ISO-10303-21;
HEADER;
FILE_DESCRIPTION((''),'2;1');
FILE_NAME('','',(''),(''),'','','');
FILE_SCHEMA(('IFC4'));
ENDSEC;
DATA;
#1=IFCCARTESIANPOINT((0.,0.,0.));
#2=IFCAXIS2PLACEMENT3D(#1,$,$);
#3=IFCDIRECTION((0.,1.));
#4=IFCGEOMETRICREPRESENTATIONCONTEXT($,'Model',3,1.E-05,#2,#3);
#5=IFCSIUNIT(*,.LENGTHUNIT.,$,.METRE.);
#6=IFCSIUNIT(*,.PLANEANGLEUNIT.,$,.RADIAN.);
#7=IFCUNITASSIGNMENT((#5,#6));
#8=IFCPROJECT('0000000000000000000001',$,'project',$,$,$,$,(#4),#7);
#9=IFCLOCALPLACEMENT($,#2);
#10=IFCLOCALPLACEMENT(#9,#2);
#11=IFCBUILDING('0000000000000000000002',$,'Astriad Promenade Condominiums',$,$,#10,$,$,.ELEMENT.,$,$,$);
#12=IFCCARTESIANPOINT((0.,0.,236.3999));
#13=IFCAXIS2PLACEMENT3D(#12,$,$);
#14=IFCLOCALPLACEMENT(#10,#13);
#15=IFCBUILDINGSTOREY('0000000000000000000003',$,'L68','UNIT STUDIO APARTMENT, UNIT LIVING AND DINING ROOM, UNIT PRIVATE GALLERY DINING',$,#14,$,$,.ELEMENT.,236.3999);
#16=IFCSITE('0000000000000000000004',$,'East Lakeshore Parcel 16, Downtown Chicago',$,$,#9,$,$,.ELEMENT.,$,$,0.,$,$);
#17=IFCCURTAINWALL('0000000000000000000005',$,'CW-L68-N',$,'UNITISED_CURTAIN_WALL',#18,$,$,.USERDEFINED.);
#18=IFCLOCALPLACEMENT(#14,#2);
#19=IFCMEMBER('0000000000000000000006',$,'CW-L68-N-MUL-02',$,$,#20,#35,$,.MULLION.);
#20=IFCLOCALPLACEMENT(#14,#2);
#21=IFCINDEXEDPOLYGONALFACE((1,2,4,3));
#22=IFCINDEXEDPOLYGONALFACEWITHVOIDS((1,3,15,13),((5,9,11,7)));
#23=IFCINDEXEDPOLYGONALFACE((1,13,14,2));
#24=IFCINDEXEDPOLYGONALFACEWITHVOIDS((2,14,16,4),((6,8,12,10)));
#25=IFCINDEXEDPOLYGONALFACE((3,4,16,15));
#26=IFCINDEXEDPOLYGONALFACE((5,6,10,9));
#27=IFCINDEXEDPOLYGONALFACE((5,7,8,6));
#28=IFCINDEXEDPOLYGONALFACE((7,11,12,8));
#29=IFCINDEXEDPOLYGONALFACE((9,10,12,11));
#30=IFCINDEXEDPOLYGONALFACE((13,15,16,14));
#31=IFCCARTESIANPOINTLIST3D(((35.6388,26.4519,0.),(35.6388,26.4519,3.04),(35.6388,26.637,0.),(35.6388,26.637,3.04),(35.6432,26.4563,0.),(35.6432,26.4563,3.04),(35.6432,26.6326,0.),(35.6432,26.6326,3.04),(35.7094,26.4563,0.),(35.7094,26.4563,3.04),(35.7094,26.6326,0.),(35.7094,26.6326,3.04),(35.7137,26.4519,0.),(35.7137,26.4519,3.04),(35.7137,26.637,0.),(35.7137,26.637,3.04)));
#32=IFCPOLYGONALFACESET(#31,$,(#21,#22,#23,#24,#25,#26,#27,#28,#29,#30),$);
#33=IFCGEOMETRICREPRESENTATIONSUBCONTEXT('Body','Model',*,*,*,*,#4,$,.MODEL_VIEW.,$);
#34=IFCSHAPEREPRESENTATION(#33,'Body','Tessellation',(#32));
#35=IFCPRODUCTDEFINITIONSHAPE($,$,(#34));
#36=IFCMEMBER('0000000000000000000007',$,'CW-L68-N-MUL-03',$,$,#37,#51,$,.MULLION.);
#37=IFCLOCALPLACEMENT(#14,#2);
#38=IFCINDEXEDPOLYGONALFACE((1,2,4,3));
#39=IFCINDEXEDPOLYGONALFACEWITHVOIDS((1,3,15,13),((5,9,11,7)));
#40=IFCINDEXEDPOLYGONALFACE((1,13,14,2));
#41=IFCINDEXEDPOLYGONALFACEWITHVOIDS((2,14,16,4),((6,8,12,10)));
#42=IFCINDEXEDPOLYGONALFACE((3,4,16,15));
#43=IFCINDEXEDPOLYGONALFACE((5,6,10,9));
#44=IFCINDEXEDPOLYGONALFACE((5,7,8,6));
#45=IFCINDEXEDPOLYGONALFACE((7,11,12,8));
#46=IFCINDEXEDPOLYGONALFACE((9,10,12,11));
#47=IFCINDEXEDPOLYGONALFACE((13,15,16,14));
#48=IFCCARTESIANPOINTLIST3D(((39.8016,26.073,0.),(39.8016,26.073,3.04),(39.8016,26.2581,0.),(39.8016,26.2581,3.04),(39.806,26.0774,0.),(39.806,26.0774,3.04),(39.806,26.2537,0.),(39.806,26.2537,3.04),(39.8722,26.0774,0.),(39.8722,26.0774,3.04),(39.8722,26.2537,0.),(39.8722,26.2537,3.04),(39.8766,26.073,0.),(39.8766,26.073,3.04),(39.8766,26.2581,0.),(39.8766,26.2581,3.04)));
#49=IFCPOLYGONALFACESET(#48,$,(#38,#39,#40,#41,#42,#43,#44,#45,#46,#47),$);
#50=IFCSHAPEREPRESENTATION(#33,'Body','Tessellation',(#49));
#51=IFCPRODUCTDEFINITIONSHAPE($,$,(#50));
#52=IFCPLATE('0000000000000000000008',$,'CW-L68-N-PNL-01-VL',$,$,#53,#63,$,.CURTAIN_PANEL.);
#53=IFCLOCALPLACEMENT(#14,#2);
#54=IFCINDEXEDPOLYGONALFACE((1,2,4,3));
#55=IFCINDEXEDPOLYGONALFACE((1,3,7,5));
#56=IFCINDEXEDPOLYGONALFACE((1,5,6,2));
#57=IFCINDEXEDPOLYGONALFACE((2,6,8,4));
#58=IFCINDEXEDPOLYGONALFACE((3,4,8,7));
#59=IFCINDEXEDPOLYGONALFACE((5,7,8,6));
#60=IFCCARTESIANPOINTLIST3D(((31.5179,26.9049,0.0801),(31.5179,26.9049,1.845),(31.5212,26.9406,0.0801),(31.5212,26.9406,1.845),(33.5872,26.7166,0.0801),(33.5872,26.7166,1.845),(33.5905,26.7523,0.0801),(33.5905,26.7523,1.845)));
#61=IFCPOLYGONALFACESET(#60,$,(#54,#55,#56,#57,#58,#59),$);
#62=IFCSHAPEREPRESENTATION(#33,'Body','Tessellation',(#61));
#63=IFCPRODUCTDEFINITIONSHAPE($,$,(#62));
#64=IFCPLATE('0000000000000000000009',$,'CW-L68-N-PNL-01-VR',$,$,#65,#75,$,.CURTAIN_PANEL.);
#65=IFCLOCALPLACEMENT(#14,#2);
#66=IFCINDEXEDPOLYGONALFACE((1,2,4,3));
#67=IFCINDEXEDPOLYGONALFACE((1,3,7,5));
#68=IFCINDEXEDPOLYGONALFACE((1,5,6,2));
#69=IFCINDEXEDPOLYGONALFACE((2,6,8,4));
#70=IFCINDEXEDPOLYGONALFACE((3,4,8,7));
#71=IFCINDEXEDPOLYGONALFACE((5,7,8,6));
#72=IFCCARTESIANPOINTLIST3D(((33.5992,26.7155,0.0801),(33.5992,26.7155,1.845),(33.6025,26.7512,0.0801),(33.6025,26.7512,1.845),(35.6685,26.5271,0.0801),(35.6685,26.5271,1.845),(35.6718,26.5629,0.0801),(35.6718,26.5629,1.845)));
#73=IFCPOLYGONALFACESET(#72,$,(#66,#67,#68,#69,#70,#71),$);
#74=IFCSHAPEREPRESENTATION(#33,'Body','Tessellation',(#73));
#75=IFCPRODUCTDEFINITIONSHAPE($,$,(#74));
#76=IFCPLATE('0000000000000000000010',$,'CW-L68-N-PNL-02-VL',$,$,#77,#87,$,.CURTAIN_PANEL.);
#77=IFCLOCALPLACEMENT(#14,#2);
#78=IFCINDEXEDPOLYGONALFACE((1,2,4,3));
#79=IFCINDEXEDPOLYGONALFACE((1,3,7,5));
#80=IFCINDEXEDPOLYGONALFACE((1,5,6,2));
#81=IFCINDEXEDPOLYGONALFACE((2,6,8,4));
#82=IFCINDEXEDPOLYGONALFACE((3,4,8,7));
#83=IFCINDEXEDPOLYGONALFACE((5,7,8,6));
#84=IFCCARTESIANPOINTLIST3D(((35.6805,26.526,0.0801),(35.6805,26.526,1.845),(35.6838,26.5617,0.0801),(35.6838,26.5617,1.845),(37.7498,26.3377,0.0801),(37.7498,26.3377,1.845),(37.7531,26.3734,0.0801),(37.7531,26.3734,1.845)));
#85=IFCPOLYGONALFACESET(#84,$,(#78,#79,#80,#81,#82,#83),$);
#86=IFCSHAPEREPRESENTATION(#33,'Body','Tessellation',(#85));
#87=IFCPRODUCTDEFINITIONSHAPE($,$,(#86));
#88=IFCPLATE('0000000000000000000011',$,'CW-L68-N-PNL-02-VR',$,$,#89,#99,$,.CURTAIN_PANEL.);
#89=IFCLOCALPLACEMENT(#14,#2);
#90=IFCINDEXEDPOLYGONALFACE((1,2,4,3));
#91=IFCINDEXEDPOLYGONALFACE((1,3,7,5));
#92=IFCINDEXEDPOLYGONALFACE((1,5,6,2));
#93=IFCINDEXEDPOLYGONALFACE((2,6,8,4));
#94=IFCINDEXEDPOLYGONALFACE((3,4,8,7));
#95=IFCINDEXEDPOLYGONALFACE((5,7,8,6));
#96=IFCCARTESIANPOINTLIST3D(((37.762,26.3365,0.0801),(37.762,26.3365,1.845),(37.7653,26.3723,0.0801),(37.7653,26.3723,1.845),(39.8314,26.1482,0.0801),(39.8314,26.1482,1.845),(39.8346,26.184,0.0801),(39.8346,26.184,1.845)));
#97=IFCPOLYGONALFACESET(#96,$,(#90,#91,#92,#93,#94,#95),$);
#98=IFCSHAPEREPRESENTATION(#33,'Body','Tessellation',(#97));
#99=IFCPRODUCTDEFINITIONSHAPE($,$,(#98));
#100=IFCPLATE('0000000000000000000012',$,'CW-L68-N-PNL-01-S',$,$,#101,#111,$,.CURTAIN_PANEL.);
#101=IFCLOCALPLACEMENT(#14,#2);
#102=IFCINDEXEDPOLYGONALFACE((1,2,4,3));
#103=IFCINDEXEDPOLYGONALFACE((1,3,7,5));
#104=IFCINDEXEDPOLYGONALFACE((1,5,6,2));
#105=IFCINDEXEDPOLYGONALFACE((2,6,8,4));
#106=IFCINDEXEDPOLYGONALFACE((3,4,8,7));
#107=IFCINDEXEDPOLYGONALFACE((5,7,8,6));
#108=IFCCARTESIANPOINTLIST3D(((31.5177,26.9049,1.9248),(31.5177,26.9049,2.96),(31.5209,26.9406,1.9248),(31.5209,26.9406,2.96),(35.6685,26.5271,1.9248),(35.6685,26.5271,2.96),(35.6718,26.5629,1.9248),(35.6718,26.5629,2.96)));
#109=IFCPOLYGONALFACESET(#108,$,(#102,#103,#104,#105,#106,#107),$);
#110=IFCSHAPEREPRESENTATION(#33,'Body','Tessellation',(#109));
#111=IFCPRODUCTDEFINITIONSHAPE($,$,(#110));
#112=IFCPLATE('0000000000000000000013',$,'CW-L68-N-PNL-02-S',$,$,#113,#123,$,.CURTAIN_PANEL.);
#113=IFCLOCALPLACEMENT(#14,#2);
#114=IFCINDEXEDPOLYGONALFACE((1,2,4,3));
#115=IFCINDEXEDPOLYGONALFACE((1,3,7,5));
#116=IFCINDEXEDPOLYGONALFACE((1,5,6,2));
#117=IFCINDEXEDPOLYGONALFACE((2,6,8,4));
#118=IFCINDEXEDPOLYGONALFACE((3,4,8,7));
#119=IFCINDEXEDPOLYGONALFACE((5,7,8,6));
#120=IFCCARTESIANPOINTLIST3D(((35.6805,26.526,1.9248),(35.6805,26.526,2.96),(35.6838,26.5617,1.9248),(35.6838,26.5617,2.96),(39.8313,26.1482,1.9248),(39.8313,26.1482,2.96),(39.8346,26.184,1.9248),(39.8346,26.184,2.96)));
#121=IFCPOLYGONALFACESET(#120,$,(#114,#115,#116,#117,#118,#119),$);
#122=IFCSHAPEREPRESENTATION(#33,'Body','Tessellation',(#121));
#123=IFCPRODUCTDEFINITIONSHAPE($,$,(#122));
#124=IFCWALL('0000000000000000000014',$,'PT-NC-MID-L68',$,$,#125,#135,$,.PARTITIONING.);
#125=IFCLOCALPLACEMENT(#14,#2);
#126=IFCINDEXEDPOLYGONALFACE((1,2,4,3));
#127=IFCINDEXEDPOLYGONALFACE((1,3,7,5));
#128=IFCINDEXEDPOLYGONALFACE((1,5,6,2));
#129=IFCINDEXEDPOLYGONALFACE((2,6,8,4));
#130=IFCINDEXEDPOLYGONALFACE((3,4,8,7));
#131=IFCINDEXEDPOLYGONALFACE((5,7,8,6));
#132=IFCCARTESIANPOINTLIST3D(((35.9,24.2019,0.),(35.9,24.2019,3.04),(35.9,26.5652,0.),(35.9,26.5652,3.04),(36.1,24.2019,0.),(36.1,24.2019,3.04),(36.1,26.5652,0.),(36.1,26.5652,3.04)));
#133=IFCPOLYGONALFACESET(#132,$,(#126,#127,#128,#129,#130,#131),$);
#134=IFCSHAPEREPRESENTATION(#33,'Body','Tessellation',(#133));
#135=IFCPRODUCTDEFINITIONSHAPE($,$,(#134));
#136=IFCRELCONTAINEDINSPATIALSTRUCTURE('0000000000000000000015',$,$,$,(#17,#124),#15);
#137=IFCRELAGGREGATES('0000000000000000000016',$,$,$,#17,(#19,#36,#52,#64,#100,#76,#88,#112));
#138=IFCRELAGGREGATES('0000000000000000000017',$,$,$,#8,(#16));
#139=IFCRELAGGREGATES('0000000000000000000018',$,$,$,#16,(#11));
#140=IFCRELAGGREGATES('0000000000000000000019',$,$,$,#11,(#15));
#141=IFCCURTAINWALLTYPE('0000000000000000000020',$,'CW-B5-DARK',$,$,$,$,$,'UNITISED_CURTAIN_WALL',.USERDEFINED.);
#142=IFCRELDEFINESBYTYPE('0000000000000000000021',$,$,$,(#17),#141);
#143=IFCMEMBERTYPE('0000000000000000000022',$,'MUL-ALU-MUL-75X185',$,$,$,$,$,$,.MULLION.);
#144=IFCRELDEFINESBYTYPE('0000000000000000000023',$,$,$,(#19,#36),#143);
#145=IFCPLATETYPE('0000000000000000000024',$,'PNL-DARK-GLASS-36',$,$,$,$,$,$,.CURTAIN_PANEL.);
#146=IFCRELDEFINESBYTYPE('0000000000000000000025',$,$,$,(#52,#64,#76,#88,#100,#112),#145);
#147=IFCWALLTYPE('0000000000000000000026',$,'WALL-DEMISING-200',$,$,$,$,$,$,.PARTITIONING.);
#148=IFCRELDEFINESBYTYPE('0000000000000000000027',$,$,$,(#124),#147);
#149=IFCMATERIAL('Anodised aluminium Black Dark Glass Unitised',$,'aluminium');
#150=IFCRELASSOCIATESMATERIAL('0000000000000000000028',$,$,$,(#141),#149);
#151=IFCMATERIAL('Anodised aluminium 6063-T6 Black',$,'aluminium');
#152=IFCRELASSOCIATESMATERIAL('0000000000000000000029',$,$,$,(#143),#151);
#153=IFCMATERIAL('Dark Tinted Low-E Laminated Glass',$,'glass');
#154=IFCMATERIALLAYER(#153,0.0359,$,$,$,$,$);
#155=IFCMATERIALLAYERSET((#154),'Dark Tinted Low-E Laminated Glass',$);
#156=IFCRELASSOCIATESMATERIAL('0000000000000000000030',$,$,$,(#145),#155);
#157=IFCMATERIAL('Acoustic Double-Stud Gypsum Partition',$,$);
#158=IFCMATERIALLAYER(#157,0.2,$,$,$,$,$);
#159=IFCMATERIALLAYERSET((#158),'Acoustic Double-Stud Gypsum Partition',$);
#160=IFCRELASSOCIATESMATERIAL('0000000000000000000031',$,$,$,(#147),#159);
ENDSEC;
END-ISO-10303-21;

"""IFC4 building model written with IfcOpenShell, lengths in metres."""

from ifc_helpers import new_model, si_unit, direction, frame, frame_2d, origin, origin_2d, place, context, subcontext, project, spatial, rectangle, hollow_rectangle, extrude, source, transform, mapped, material, layer, layer_set, material_profile, profile_set, type_object, type_shapes, element, aggregate, save


model = new_model("IFC4")

# Units and contexts
model_context = context("Model", 3, precision=1e-05, world=origin(), true_north=direction((0.0, 1.0)))
body_context = subcontext(model_context, "Body", "Model", "MODEL_VIEW")
ifc_project = project(units=[si_unit("LENGTHUNIT", "METRE"), si_unit("PLANEANGLEUNIT", "RADIAN")], contexts=[model_context])

# Site, building, storey
site_placement = place(None, origin())
site = spatial("IfcSite", under=ifc_project, at=site_placement, Name="East Lakeshore Parcel 16, Downtown Chicago", CompositionType="ELEMENT", RefElevation=0.0)
building_placement = place(site_placement, origin())
building = spatial("IfcBuilding", under=site, at=building_placement, Name="Astriad Promenade Condominiums", CompositionType="ELEMENT")
storey_placement = place(building_placement, frame((0.0, 0.0, 236.3999)))
storey = spatial("IfcBuildingStorey", under=building, at=storey_placement, Name="L68", Description="UNIT STUDIO APARTMENT, UNIT LIVING AND DINING ROOM, UNIT PRIVATE GALLERY DINING", CompositionType="ELEMENT", Elevation=236.3999)

# Curtain wall, members, plates
ifc_material_1 = material(Name="Anodised aluminium Black Dark Glass Unitised", Category="aluminium")
curtain_wall_type = type_object("IfcCurtainWallType", Name="CW-B5-DARK", ElementType="UNITISED_CURTAIN_WALL", PredefinedType="USERDEFINED", material=ifc_material_1)
curtain_wall_placement = place(storey_placement, origin())
curtain_wall = element("IfcCurtainWall", 1, at=curtain_wall_placement, inside=storey, type_object=curtain_wall_type, Name="CW-L68-N", ObjectType="UNITISED_CURTAIN_WALL", PredefinedType="USERDEFINED")
ifc_material_2 = material(Name="Anodised aluminium 6063-T6 Black", Category="aluminium")
ifc_material_profile_1 = material_profile(ifc_material_2, hollow_rectangle(XDim=0.075, YDim=0.1851, WallThickness=0.0044, at=origin_2d()), Name="ALU-MUL-75X185")
ifc_profile_set_1 = profile_set([ifc_material_profile_1], Name="Anodised aluminium 6063-T6 Black")
member_type_1 = type_object("IfcMemberType", Name="MUL-ALU-MUL-75X185", PredefinedType="MULLION", material=ifc_profile_set_1)
shared_shape_1 = source(origin(), body_context, "Body", "SweptSolid", [
    extrude(hollow_rectangle(XDim=0.075, YDim=0.1851, WallThickness=0.0044, at=origin_2d()), origin(), (0.0, 0.0, 1.0), 3.04),
])
type_shapes(member_type_1, [shared_shape_1])
member_1_placement = place(storey_placement, frame((35.6763, 26.5444, 0.0), z_axis=(0.0, 0.0, 1.0), x_axis=(1.0, 0.0, 0.0)))
member_1 = element("IfcMember", 2, at=member_1_placement, type_object=member_type_1, Name="CW-L68-N-MUL-02", PredefinedType="MULLION", context=body_context, shape_type="MappedRepresentation", body=[
    mapped(shared_shape_1, transform((0.0, 0.0, 0.0), scale=1.0)),
])
member_2_placement = place(storey_placement, frame((39.8391, 26.1655, 0.0), z_axis=(0.0, 0.0, 1.0), x_axis=(1.0, 0.0, 0.0)))
member_2 = element("IfcMember", 3, at=member_2_placement, type_object=member_type_1, Name="CW-L68-N-MUL-03", PredefinedType="MULLION", context=body_context, shape_type="MappedRepresentation", body=[
    mapped(shared_shape_1, transform((0.0, 0.0, 0.0), scale=1.0)),
])
ifc_material_3 = material(Name="Dark Tinted Low-E Laminated Glass", Category="glass")
ifc_layer_1 = layer(ifc_material_3, 0.0359)
ifc_layer_set_1 = layer_set([ifc_layer_1], Name="Dark Tinted Low-E Laminated Glass")
plate_type = type_object("IfcPlateType", Name="PNL-DARK-GLASS-36", PredefinedType="CURTAIN_PANEL", material=ifc_layer_set_1)
shared_shape_2 = source(origin(), body_context, "Body", "SweptSolid", [
    extrude(rectangle(XDim=2.0779, YDim=0.0359, at=origin_2d()), origin(), (0.0, 0.0, 1.0), 1.7649),
])
plate_1_placement = place(storey_placement, frame((32.5542, 26.8286, 0.0801), z_axis=(0.0, 0.0, 1.0), x_axis=(0.995884, -0.090633, 0.0)))
plate_1 = element("IfcPlate", 4, at=plate_1_placement, type_object=plate_type, Name="CW-L68-N-PNL-01-VL", PredefinedType="CURTAIN_PANEL", context=body_context, shape_type="MappedRepresentation", body=[
    mapped(shared_shape_2, transform((0.0, 0.0, 0.0), scale=1.0)),
])
plate_2_placement = place(storey_placement, frame((34.6355, 26.6392, 0.0801), z_axis=(0.0, 0.0, 1.0), x_axis=(0.995884, -0.090633, 0.0)))
plate_2 = element("IfcPlate", 5, at=plate_2_placement, type_object=plate_type, Name="CW-L68-N-PNL-01-VR", PredefinedType="CURTAIN_PANEL", context=body_context, shape_type="MappedRepresentation", body=[
    mapped(shared_shape_2, transform((0.0, 0.0, 0.0), scale=1.0)),
])
plate_3_placement = place(storey_placement, frame((36.7168, 26.4497, 0.0801), z_axis=(0.0, 0.0, 1.0), x_axis=(0.995884, -0.090633, 0.0)))
plate_3 = element("IfcPlate", 6, at=plate_3_placement, type_object=plate_type, Name="CW-L68-N-PNL-02-VL", PredefinedType="CURTAIN_PANEL", context=body_context, shape_type="MappedRepresentation", body=[
    mapped(shared_shape_2, transform((0.0, 0.0, 0.0), scale=1.0)),
])
plate_4_placement = place(storey_placement, frame((38.7983, 26.2603, 0.0801), z_axis=(0.0, 0.0, 1.0), x_axis=(0.995884, -0.090633, 0.0)))
plate_4 = element("IfcPlate", 7, at=plate_4_placement, type_object=plate_type, Name="CW-L68-N-PNL-02-VR", PredefinedType="CURTAIN_PANEL", context=body_context, shape_type="MappedRepresentation", body=[
    mapped(shared_shape_2, transform((0.0, 0.0, 0.0), scale=1.0)),
])
shared_shape_3 = source(origin(), body_context, "Body", "SweptSolid", [
    extrude(rectangle(XDim=4.168, YDim=0.0359, at=origin_2d()), origin(), (0.0, 0.0, 1.0), 1.0352),
])
type_shapes(plate_type, [shared_shape_2, shared_shape_3])
plate_5_placement = place(storey_placement, frame((33.5947, 26.7339, 1.9248), z_axis=(0.0, 0.0, 1.0), x_axis=(0.995884, -0.090633, 0.0)))
plate_5 = element("IfcPlate", 8, at=plate_5_placement, type_object=plate_type, Name="CW-L68-N-PNL-01-S", PredefinedType="CURTAIN_PANEL", context=body_context, shape_type="MappedRepresentation", body=[
    mapped(shared_shape_3, transform((0.0, 0.0, 0.0), scale=1.0)),
])
plate_6_placement = place(storey_placement, frame((37.7576, 26.355, 1.9248), z_axis=(0.0, 0.0, 1.0), x_axis=(0.995884, -0.090633, 0.0)))
plate_6 = element("IfcPlate", 9, at=plate_6_placement, type_object=plate_type, Name="CW-L68-N-PNL-02-S", PredefinedType="CURTAIN_PANEL", context=body_context, shape_type="MappedRepresentation", body=[
    mapped(shared_shape_3, transform((0.0, 0.0, 0.0), scale=1.0)),
])
aggregate(curtain_wall, [member_1, member_2, plate_1, plate_2, plate_5, plate_3, plate_4, plate_6])

# Wall
ifc_material_4 = material(Name="Acoustic Double-Stud Gypsum Partition")
ifc_layer_2 = layer(ifc_material_4, 0.2)
ifc_layer_set_2 = layer_set([ifc_layer_2], Name="Acoustic Double-Stud Gypsum Partition")
wall_type_1 = type_object("IfcWallType", Name="WALL-DEMISING-200", PredefinedType="PARTITIONING", material=ifc_layer_set_2)
wall_1_placement = place(storey_placement, frame((36.0, 24.2019, 0.0), z_axis=(0.0, 0.0, 1.0), x_axis=(0.0, 1.0, 0.0)))
element("IfcWall", 10, at=wall_1_placement, inside=storey, type_object=wall_type_1, Name="PT-NC-MID-L68", PredefinedType="PARTITIONING", context=body_context, shape_type="SweptSolid", body=[
    extrude(rectangle(XDim=2.3633, YDim=0.2, at=frame_2d((1.1816, 0.0))), origin(), (0.0, 0.0, 1.0), 3.04),
])

save(model, "model.ifc")
